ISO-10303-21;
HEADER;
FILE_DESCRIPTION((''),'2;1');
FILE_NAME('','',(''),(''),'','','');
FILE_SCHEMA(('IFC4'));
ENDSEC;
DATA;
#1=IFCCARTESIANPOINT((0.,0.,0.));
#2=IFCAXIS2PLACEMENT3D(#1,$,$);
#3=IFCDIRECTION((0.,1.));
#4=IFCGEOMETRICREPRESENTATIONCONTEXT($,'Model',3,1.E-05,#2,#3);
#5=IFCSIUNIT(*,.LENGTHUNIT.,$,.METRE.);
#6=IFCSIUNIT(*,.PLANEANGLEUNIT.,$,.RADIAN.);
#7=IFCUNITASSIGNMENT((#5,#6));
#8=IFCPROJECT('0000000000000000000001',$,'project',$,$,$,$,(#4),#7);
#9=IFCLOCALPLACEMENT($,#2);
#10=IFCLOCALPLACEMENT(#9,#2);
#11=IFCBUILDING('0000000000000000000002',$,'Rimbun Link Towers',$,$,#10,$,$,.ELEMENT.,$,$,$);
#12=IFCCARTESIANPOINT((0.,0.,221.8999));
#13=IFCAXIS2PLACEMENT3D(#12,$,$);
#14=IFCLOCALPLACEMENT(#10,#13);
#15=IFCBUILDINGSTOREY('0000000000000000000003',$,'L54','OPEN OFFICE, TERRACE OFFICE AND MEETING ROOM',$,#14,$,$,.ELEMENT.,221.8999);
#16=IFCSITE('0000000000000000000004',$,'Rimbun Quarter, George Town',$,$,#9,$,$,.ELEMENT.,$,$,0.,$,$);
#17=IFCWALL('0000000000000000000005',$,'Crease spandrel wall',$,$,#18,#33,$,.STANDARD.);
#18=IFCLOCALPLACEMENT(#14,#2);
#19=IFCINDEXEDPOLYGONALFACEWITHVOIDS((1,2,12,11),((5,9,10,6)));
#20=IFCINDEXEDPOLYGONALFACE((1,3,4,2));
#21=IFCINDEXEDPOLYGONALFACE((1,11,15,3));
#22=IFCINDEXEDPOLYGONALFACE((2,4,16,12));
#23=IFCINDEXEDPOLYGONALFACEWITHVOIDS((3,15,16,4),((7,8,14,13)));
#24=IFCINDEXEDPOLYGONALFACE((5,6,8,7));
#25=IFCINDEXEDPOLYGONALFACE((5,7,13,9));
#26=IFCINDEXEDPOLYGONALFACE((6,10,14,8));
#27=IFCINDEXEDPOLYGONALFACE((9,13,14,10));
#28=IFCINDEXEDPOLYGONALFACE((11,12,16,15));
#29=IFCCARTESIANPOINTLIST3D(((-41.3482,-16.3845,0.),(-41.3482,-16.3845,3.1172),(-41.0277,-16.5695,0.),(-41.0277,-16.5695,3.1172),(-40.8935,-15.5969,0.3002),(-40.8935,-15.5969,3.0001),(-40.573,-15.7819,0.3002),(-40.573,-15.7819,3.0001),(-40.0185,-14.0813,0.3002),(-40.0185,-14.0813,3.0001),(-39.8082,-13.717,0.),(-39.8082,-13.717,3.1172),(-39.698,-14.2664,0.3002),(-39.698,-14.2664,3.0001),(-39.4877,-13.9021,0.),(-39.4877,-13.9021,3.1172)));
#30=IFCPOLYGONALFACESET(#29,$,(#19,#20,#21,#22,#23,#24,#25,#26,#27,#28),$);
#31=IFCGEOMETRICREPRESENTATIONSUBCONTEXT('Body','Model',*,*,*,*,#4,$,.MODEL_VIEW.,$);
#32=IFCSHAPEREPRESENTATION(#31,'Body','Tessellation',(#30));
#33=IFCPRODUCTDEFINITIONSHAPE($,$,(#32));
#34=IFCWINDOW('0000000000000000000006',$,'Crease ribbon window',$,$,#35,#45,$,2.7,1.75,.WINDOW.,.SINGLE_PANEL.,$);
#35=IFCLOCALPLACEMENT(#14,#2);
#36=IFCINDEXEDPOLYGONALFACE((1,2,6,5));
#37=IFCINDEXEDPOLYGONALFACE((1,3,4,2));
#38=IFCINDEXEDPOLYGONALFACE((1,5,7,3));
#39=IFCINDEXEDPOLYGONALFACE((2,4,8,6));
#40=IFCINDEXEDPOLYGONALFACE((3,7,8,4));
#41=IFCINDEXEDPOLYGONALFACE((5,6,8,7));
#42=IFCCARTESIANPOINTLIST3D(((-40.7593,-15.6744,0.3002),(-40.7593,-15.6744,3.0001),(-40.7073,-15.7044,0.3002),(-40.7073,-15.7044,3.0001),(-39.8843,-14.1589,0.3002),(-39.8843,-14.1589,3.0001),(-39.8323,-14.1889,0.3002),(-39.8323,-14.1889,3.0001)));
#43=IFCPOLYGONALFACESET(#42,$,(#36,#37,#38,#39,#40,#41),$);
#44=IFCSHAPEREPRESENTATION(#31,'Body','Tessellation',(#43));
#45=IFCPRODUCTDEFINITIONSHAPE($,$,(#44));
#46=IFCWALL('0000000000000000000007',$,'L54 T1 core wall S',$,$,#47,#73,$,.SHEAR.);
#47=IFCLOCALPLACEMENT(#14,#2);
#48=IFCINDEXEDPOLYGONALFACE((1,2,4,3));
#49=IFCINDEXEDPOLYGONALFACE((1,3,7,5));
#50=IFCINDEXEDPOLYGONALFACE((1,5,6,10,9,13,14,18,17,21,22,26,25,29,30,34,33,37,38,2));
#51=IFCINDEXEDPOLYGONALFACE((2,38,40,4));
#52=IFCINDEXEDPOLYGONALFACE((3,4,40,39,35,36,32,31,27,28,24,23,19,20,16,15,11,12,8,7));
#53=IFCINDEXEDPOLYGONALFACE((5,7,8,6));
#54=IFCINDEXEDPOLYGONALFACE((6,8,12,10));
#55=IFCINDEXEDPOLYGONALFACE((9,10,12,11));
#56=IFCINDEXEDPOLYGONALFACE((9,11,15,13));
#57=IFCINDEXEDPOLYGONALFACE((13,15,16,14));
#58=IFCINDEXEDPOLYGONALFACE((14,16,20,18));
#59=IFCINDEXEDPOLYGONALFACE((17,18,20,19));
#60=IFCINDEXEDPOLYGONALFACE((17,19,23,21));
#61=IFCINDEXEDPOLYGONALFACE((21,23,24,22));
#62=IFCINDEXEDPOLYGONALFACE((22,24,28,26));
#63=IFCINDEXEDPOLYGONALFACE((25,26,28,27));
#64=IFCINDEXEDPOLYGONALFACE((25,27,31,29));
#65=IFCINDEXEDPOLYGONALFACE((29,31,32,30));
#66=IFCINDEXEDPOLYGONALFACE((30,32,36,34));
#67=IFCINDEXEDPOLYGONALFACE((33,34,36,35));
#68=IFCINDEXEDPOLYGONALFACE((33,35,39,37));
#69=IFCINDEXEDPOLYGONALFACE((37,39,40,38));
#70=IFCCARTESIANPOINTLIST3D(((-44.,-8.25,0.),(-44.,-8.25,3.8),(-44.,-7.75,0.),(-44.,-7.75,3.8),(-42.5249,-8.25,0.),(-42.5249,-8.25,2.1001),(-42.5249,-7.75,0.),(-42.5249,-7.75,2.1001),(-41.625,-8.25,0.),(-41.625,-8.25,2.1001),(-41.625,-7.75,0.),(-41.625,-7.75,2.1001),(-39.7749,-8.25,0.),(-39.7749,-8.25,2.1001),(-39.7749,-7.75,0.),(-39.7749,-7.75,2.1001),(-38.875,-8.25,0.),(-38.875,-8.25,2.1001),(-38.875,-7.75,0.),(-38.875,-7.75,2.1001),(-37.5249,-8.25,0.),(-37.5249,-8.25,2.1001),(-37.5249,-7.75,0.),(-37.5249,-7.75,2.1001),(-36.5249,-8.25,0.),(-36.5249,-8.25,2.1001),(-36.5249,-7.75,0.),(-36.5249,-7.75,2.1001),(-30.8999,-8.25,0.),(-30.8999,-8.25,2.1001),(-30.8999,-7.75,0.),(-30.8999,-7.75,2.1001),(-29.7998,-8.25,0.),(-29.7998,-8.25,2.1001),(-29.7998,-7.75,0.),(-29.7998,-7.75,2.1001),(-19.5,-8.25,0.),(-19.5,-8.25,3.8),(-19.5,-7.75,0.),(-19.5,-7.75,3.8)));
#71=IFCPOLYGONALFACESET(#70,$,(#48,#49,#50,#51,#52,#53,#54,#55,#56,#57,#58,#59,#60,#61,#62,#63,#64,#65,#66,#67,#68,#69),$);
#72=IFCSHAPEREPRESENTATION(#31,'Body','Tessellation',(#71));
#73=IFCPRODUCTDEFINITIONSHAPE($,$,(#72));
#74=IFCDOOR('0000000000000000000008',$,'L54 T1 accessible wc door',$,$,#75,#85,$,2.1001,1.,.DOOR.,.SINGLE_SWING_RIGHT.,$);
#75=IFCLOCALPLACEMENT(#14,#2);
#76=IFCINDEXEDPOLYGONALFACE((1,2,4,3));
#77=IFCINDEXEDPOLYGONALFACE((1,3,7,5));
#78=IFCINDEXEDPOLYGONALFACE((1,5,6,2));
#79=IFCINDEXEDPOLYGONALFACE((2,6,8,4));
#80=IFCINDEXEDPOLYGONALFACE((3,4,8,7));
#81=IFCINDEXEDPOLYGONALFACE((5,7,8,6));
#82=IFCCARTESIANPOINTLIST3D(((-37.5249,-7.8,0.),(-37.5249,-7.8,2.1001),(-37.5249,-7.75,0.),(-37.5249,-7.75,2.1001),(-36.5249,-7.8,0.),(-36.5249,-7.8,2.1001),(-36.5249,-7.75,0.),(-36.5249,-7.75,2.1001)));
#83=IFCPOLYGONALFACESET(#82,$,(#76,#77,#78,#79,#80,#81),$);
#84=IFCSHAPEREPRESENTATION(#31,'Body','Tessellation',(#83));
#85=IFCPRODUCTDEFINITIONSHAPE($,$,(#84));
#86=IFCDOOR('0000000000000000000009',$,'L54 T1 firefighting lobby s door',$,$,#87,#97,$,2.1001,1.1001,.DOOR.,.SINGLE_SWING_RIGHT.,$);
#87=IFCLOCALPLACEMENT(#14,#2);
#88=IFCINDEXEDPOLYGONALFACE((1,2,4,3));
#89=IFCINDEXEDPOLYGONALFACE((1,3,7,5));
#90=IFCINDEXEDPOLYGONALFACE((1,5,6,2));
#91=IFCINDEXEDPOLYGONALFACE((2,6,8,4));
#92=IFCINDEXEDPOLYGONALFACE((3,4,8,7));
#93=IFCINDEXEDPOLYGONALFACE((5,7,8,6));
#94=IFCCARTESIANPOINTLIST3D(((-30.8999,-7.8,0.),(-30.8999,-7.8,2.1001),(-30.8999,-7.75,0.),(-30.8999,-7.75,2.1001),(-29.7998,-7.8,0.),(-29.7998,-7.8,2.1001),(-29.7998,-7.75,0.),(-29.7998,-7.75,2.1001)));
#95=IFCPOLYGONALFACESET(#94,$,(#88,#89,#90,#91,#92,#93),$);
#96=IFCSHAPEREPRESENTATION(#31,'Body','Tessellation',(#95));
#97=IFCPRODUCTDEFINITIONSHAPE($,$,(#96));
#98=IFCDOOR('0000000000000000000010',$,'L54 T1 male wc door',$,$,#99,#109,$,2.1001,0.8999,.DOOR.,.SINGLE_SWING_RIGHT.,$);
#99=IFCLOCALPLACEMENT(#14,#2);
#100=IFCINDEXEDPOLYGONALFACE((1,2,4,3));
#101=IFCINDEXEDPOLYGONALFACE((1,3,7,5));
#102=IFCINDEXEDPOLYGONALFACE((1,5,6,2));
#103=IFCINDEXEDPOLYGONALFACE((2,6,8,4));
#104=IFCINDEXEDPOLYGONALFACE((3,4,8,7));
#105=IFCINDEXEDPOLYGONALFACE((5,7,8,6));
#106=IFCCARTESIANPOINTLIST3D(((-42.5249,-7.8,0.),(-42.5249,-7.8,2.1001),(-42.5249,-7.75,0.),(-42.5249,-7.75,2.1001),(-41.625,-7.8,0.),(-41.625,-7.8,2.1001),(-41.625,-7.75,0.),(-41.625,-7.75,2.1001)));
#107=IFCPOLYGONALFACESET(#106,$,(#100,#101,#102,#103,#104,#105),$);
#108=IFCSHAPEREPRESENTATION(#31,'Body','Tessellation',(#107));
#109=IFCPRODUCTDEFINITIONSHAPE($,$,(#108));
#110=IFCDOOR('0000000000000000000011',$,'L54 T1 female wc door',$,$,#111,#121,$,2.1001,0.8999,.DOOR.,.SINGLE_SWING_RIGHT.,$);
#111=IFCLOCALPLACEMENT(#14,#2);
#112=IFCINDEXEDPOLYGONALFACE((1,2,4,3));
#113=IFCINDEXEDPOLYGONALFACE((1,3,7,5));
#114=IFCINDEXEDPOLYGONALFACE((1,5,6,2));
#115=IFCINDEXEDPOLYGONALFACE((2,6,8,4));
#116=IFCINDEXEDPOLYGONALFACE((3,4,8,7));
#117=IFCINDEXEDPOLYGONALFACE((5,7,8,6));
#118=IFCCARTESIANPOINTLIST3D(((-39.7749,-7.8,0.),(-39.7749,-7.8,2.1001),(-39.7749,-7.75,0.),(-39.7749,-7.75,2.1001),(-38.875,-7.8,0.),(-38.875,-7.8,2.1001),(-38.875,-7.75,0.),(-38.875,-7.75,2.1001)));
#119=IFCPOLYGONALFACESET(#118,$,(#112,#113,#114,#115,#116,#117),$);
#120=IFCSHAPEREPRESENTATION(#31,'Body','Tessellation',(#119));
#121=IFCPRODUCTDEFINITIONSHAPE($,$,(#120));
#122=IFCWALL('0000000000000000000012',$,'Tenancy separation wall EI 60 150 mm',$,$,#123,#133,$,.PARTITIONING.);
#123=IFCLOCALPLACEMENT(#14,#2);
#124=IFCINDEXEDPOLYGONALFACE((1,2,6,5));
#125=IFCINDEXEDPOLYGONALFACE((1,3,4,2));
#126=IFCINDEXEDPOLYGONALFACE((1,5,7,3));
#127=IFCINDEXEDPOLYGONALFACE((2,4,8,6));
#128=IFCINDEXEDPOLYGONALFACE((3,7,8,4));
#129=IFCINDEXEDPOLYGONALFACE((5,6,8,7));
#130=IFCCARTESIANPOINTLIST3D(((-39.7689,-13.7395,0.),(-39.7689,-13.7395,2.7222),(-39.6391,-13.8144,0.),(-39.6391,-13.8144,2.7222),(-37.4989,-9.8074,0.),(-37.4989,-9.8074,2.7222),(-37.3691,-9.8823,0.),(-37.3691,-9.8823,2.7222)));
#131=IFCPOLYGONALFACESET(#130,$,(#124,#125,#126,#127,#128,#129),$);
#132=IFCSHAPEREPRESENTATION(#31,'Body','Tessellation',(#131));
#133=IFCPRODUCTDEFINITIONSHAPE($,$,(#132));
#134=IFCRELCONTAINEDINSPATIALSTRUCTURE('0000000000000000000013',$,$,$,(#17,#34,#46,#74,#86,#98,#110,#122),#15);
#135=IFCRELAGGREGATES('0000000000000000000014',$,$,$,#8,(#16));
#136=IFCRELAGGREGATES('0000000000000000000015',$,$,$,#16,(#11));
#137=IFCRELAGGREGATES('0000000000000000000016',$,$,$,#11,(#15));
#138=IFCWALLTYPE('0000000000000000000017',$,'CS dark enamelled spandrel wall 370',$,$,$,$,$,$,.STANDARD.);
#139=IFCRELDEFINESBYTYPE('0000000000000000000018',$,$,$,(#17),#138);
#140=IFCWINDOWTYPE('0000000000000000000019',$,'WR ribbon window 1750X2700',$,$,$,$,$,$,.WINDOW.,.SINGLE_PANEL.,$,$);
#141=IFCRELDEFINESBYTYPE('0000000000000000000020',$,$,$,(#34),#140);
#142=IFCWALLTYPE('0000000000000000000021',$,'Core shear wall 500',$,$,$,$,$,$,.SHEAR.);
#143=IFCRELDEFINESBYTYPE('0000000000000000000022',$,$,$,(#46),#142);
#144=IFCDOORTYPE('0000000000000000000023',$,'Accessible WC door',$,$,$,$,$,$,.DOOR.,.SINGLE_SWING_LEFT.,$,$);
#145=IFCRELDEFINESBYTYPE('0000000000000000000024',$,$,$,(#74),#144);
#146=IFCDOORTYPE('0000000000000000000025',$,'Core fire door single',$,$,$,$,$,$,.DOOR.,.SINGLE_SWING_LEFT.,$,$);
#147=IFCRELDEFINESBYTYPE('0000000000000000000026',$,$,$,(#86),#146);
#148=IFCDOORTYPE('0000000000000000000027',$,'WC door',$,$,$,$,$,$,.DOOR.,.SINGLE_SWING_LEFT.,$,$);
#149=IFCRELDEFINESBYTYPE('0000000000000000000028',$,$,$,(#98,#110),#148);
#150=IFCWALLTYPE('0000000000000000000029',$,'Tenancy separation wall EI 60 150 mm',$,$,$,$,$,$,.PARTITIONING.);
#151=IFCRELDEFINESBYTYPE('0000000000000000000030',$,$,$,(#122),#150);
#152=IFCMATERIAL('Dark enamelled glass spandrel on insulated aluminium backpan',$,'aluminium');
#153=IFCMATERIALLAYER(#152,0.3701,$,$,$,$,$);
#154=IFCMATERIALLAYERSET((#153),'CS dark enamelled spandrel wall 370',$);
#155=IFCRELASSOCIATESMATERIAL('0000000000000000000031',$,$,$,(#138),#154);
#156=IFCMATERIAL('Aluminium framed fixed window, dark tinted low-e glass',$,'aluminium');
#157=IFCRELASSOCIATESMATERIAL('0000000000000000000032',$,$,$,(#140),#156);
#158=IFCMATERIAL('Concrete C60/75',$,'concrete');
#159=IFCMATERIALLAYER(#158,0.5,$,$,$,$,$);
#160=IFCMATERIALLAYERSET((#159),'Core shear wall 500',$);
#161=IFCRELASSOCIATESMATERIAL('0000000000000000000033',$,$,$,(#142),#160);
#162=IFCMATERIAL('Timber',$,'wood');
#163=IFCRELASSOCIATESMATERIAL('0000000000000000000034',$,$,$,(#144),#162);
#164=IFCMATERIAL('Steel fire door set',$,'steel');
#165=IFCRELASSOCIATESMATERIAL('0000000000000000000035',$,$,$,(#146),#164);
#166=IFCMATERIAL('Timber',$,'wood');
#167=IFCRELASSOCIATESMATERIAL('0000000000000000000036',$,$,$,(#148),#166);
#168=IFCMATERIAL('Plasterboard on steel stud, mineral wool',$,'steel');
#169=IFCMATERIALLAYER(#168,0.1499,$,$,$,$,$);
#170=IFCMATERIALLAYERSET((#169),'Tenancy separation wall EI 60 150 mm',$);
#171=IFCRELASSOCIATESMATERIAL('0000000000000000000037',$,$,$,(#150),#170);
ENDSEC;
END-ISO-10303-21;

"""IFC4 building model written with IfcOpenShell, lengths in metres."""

from ifc_helpers import new_model, si_unit, direction, frame, frame_2d, origin, place, context, subcontext, project, spatial, rectangle, extrude, material, layer, layer_set, type_object, element, fill, save


model = new_model("IFC4")

# Units and contexts
model_context = context("Model", 3, precision=1e-05, world=origin(), true_north=direction((0.0, 1.0)))
body_context = subcontext(model_context, "Body", "Model", "MODEL_VIEW")
ifc_project = project(units=[si_unit("LENGTHUNIT", "METRE"), si_unit("PLANEANGLEUNIT", "RADIAN")], contexts=[model_context])

# Site, building, storey
site_placement = place(None, origin())
site = spatial("IfcSite", under=ifc_project, at=site_placement, Name="Rimbun Quarter, George Town", CompositionType="ELEMENT", RefElevation=0.0)
building_placement = place(site_placement, origin())
building = spatial("IfcBuilding", under=site, at=building_placement, Name="Rimbun Link Towers", CompositionType="ELEMENT")
storey_placement = place(building_placement, frame((0.0, 0.0, 221.8999)))
storey = spatial("IfcBuildingStorey", under=building, at=storey_placement, Name="L54", Description="OPEN OFFICE, TERRACE OFFICE AND MEETING ROOM", CompositionType="ELEMENT", Elevation=221.8999)

# Wall, opening, window
ifc_material_1 = material(Name="Dark enamelled glass spandrel on insulated aluminium backpan", Category="aluminium")
ifc_layer_1 = layer(ifc_material_1, 0.3701)
ifc_layer_set_1 = layer_set([ifc_layer_1], Name="CS dark enamelled spandrel wall 370")
wall_type_1 = type_object("IfcWallType", Name="CS dark enamelled spandrel wall 370", PredefinedType="STANDARD", material=ifc_layer_set_1)
wall_1_placement = place(storey_placement, frame((-39.6479, -13.8096, 0.0), z_axis=(0.0, 0.0, 1.0), x_axis=(-0.499992, -0.86603, 0.0)))
wall_1 = element("IfcWall", 1, at=wall_1_placement, inside=storey, type_object=wall_type_1, Name="Crease spandrel wall", PredefinedType="STANDARD", context=body_context, shape_type="SweptSolid", body=[
    extrude(rectangle(XDim=3.0801, YDim=0.3701, at=frame_2d((1.54, 0.0))), origin(), (0.0, 0.0, 1.0), 3.1172),
])
opening_1_placement = place(wall_1_placement, frame((0.4207, 0.0, 0.3)))
opening_1 = element("IfcOpeningElement", 2, at=opening_1_placement, cuts=wall_1, PredefinedType="OPENING", context=body_context, shape_type="SweptSolid", body=[
    extrude(rectangle(XDim=1.75, YDim=2.7, at=frame_2d((0.875, 1.3501))), frame((0.0, 0.1951, 0.0), z_axis=(0.0, -1.0, 0.0), x_axis=(1.0, 0.0, 0.0)), (0.0, 0.0, 1.0), 0.3901),
])
ifc_material_2 = material(Name="Aluminium framed fixed window, dark tinted low-e glass", Category="aluminium")
window_type_1 = type_object("IfcWindowType", Name="WR ribbon window 1750X2700", PartitioningType="SINGLE_PANEL", PredefinedType="WINDOW", material=ifc_material_2)
window_1_placement = place(opening_1_placement, origin())
window_1 = element("IfcWindow", 3, at=window_1_placement, inside=storey, type_object=window_type_1, Name="Crease ribbon window", OverallHeight=2.7, OverallWidth=1.75, PartitioningType="SINGLE_PANEL", PredefinedType="WINDOW", context=body_context, shape_type="SweptSolid", body=[
    extrude(rectangle(XDim=1.75, YDim=2.7, at=frame_2d((0.875, 1.3501))), frame((0.0, 0.03, 0.0), z_axis=(0.0, -1.0, 0.0), x_axis=(1.0, 0.0, 0.0)), (0.0, 0.0, 1.0), 0.0601),
])
fill(opening_1, window_1)

# Wall, openings, doors
ifc_material_3 = material(Name="Concrete C60/75", Category="concrete")
ifc_layer_2 = layer(ifc_material_3, 0.5)
ifc_layer_set_2 = layer_set([ifc_layer_2], Name="Core shear wall 500")
wall_type_2 = type_object("IfcWallType", Name="Core shear wall 500", PredefinedType="SHEAR", material=ifc_layer_set_2)
wall_2_placement = place(storey_placement, frame((-44.0, -8.0, 0.0), z_axis=(0.0, 0.0, 1.0), x_axis=(1.0, 0.0, 0.0)))
wall_2 = element("IfcWall", 4, at=wall_2_placement, inside=storey, type_object=wall_type_2, Name="L54 T1 core wall S", PredefinedType="SHEAR", context=body_context, shape_type="SweptSolid", body=[
    extrude(rectangle(XDim=24.5, YDim=0.5, at=frame_2d((12.25, 0.0))), origin(), (0.0, 0.0, 1.0), 3.8),
])
opening_2_placement = place(wall_2_placement, frame((13.1001, 0.0, 0.0)))
opening_2 = element("IfcOpeningElement", 5, at=opening_2_placement, cuts=wall_2, PredefinedType="OPENING", context=body_context, shape_type="SweptSolid", body=[
    extrude(rectangle(XDim=1.1001, YDim=2.1001, at=frame_2d((0.55, 1.05))), frame((0.0, 0.26, 0.0), z_axis=(0.0, -1.0, 0.0), x_axis=(1.0, 0.0, 0.0)), (0.0, 0.0, 1.0), 0.52),
])
opening_3_placement = place(wall_2_placement, frame((1.4751, 0.0, 0.0)))
opening_3 = element("IfcOpeningElement", 6, at=opening_3_placement, cuts=wall_2, PredefinedType="OPENING", context=body_context, shape_type="SweptSolid", body=[
    extrude(rectangle(XDim=0.8999, YDim=2.1001, at=frame_2d((0.45, 1.05))), frame((0.0, 0.26, 0.0), z_axis=(0.0, -1.0, 0.0), x_axis=(1.0, 0.0, 0.0)), (0.0, 0.0, 1.0), 0.52),
])
opening_4_placement = place(wall_2_placement, frame((4.2251, 0.0, 0.0)))
opening_4 = element("IfcOpeningElement", 7, at=opening_4_placement, cuts=wall_2, PredefinedType="OPENING", context=body_context, shape_type="SweptSolid", body=[
    extrude(rectangle(XDim=0.8999, YDim=2.1001, at=frame_2d((0.45, 1.05))), frame((0.0, 0.26, 0.0), z_axis=(0.0, -1.0, 0.0), x_axis=(1.0, 0.0, 0.0)), (0.0, 0.0, 1.0), 0.52),
])
opening_5_placement = place(wall_2_placement, frame((6.4751, 0.0, 0.0)))
opening_5 = element("IfcOpeningElement", 8, at=opening_5_placement, cuts=wall_2, PredefinedType="OPENING", context=body_context, shape_type="SweptSolid", body=[
    extrude(rectangle(XDim=1.0, YDim=2.1001, at=frame_2d((0.5, 1.05))), frame((0.0, 0.26, 0.0), z_axis=(0.0, -1.0, 0.0), x_axis=(1.0, 0.0, 0.0)), (0.0, 0.0, 1.0), 0.52),
])
ifc_material_4 = material(Name="Timber", Category="wood")
door_type_1 = type_object("IfcDoorType", Name="Accessible WC door", OperationType="SINGLE_SWING_LEFT", PredefinedType="DOOR", material=ifc_material_4)
door_1_placement = place(opening_5_placement, origin())
door_1 = element("IfcDoor", 9, at=door_1_placement, inside=storey, type_object=door_type_1, Name="L54 T1 accessible wc door", OperationType="SINGLE_SWING_RIGHT", OverallHeight=2.1001, OverallWidth=1.0, PredefinedType="DOOR", context=body_context, shape_type="SweptSolid", body=[
    extrude(rectangle(XDim=1.0, YDim=2.1001, at=frame_2d((0.5, 1.05))), frame((0.0, 0.25, 0.0), z_axis=(0.0, -1.0, 0.0), x_axis=(1.0, 0.0, 0.0)), (0.0, 0.0, 1.0), 0.05),
])
fill(opening_5, door_1)
ifc_material_5 = material(Name="Steel fire door set", Category="steel")
door_type_2 = type_object("IfcDoorType", Name="Core fire door single", OperationType="SINGLE_SWING_LEFT", PredefinedType="DOOR", material=ifc_material_5)
door_2_placement = place(opening_2_placement, origin())
door_2 = element("IfcDoor", 10, at=door_2_placement, inside=storey, type_object=door_type_2, Name="L54 T1 firefighting lobby s door", OperationType="SINGLE_SWING_RIGHT", OverallHeight=2.1001, OverallWidth=1.1001, PredefinedType="DOOR", context=body_context, shape_type="SweptSolid", body=[
    extrude(rectangle(XDim=1.1001, YDim=2.1001, at=frame_2d((0.55, 1.05))), frame((0.0, 0.25, 0.0), z_axis=(0.0, -1.0, 0.0), x_axis=(1.0, 0.0, 0.0)), (0.0, 0.0, 1.0), 0.05),
])
fill(opening_2, door_2)
ifc_material_6 = material(Name="Timber", Category="wood")
door_type_3 = type_object("IfcDoorType", Name="WC door", OperationType="SINGLE_SWING_LEFT", PredefinedType="DOOR", material=ifc_material_6)
door_3_placement = place(opening_3_placement, origin())
door_3 = element("IfcDoor", 11, at=door_3_placement, inside=storey, type_object=door_type_3, Name="L54 T1 male wc door", OperationType="SINGLE_SWING_RIGHT", OverallHeight=2.1001, OverallWidth=0.8999, PredefinedType="DOOR", context=body_context, shape_type="SweptSolid", body=[
    extrude(rectangle(XDim=0.8999, YDim=2.1001, at=frame_2d((0.45, 1.05))), frame((0.0, 0.25, 0.0), z_axis=(0.0, -1.0, 0.0), x_axis=(1.0, 0.0, 0.0)), (0.0, 0.0, 1.0), 0.05),
])
fill(opening_3, door_3)
door_4_placement = place(opening_4_placement, origin())
door_4 = element("IfcDoor", 12, at=door_4_placement, inside=storey, type_object=door_type_3, Name="L54 T1 female wc door", OperationType="SINGLE_SWING_RIGHT", OverallHeight=2.1001, OverallWidth=0.8999, PredefinedType="DOOR", context=body_context, shape_type="SweptSolid", body=[
    extrude(rectangle(XDim=0.8999, YDim=2.1001, at=frame_2d((0.45, 1.05))), frame((0.0, 0.25, 0.0), z_axis=(0.0, -1.0, 0.0), x_axis=(1.0, 0.0, 0.0)), (0.0, 0.0, 1.0), 0.05),
])
fill(opening_4, door_4)

# Wall
ifc_material_7 = material(Name="Plasterboard on steel stud, mineral wool", Category="steel")
ifc_layer_3 = layer(ifc_material_7, 0.1499)
ifc_layer_set_3 = layer_set([ifc_layer_3], Name="Tenancy separation wall EI 60 150 mm")
wall_type_3 = type_object("IfcWallType", Name="Tenancy separation wall EI 60 150 mm", PredefinedType="PARTITIONING", material=ifc_layer_set_3)
wall_3_placement = place(storey_placement, frame((-37.4341, -9.845, 0.0), z_axis=(0.0, 0.0, 1.0), x_axis=(-0.499968, -0.866044, 0.0)))
element("IfcWall", 13, at=wall_3_placement, inside=storey, type_object=wall_type_3, Name="Tenancy separation wall EI 60 150 mm", PredefinedType="PARTITIONING", context=body_context, shape_type="SweptSolid", body=[
    extrude(rectangle(XDim=4.5403, YDim=0.1499, at=frame_2d((2.27, 0.0))), origin(), (0.0, 0.0, 1.0), 2.7222),
])

save(model, "model.ifc")
